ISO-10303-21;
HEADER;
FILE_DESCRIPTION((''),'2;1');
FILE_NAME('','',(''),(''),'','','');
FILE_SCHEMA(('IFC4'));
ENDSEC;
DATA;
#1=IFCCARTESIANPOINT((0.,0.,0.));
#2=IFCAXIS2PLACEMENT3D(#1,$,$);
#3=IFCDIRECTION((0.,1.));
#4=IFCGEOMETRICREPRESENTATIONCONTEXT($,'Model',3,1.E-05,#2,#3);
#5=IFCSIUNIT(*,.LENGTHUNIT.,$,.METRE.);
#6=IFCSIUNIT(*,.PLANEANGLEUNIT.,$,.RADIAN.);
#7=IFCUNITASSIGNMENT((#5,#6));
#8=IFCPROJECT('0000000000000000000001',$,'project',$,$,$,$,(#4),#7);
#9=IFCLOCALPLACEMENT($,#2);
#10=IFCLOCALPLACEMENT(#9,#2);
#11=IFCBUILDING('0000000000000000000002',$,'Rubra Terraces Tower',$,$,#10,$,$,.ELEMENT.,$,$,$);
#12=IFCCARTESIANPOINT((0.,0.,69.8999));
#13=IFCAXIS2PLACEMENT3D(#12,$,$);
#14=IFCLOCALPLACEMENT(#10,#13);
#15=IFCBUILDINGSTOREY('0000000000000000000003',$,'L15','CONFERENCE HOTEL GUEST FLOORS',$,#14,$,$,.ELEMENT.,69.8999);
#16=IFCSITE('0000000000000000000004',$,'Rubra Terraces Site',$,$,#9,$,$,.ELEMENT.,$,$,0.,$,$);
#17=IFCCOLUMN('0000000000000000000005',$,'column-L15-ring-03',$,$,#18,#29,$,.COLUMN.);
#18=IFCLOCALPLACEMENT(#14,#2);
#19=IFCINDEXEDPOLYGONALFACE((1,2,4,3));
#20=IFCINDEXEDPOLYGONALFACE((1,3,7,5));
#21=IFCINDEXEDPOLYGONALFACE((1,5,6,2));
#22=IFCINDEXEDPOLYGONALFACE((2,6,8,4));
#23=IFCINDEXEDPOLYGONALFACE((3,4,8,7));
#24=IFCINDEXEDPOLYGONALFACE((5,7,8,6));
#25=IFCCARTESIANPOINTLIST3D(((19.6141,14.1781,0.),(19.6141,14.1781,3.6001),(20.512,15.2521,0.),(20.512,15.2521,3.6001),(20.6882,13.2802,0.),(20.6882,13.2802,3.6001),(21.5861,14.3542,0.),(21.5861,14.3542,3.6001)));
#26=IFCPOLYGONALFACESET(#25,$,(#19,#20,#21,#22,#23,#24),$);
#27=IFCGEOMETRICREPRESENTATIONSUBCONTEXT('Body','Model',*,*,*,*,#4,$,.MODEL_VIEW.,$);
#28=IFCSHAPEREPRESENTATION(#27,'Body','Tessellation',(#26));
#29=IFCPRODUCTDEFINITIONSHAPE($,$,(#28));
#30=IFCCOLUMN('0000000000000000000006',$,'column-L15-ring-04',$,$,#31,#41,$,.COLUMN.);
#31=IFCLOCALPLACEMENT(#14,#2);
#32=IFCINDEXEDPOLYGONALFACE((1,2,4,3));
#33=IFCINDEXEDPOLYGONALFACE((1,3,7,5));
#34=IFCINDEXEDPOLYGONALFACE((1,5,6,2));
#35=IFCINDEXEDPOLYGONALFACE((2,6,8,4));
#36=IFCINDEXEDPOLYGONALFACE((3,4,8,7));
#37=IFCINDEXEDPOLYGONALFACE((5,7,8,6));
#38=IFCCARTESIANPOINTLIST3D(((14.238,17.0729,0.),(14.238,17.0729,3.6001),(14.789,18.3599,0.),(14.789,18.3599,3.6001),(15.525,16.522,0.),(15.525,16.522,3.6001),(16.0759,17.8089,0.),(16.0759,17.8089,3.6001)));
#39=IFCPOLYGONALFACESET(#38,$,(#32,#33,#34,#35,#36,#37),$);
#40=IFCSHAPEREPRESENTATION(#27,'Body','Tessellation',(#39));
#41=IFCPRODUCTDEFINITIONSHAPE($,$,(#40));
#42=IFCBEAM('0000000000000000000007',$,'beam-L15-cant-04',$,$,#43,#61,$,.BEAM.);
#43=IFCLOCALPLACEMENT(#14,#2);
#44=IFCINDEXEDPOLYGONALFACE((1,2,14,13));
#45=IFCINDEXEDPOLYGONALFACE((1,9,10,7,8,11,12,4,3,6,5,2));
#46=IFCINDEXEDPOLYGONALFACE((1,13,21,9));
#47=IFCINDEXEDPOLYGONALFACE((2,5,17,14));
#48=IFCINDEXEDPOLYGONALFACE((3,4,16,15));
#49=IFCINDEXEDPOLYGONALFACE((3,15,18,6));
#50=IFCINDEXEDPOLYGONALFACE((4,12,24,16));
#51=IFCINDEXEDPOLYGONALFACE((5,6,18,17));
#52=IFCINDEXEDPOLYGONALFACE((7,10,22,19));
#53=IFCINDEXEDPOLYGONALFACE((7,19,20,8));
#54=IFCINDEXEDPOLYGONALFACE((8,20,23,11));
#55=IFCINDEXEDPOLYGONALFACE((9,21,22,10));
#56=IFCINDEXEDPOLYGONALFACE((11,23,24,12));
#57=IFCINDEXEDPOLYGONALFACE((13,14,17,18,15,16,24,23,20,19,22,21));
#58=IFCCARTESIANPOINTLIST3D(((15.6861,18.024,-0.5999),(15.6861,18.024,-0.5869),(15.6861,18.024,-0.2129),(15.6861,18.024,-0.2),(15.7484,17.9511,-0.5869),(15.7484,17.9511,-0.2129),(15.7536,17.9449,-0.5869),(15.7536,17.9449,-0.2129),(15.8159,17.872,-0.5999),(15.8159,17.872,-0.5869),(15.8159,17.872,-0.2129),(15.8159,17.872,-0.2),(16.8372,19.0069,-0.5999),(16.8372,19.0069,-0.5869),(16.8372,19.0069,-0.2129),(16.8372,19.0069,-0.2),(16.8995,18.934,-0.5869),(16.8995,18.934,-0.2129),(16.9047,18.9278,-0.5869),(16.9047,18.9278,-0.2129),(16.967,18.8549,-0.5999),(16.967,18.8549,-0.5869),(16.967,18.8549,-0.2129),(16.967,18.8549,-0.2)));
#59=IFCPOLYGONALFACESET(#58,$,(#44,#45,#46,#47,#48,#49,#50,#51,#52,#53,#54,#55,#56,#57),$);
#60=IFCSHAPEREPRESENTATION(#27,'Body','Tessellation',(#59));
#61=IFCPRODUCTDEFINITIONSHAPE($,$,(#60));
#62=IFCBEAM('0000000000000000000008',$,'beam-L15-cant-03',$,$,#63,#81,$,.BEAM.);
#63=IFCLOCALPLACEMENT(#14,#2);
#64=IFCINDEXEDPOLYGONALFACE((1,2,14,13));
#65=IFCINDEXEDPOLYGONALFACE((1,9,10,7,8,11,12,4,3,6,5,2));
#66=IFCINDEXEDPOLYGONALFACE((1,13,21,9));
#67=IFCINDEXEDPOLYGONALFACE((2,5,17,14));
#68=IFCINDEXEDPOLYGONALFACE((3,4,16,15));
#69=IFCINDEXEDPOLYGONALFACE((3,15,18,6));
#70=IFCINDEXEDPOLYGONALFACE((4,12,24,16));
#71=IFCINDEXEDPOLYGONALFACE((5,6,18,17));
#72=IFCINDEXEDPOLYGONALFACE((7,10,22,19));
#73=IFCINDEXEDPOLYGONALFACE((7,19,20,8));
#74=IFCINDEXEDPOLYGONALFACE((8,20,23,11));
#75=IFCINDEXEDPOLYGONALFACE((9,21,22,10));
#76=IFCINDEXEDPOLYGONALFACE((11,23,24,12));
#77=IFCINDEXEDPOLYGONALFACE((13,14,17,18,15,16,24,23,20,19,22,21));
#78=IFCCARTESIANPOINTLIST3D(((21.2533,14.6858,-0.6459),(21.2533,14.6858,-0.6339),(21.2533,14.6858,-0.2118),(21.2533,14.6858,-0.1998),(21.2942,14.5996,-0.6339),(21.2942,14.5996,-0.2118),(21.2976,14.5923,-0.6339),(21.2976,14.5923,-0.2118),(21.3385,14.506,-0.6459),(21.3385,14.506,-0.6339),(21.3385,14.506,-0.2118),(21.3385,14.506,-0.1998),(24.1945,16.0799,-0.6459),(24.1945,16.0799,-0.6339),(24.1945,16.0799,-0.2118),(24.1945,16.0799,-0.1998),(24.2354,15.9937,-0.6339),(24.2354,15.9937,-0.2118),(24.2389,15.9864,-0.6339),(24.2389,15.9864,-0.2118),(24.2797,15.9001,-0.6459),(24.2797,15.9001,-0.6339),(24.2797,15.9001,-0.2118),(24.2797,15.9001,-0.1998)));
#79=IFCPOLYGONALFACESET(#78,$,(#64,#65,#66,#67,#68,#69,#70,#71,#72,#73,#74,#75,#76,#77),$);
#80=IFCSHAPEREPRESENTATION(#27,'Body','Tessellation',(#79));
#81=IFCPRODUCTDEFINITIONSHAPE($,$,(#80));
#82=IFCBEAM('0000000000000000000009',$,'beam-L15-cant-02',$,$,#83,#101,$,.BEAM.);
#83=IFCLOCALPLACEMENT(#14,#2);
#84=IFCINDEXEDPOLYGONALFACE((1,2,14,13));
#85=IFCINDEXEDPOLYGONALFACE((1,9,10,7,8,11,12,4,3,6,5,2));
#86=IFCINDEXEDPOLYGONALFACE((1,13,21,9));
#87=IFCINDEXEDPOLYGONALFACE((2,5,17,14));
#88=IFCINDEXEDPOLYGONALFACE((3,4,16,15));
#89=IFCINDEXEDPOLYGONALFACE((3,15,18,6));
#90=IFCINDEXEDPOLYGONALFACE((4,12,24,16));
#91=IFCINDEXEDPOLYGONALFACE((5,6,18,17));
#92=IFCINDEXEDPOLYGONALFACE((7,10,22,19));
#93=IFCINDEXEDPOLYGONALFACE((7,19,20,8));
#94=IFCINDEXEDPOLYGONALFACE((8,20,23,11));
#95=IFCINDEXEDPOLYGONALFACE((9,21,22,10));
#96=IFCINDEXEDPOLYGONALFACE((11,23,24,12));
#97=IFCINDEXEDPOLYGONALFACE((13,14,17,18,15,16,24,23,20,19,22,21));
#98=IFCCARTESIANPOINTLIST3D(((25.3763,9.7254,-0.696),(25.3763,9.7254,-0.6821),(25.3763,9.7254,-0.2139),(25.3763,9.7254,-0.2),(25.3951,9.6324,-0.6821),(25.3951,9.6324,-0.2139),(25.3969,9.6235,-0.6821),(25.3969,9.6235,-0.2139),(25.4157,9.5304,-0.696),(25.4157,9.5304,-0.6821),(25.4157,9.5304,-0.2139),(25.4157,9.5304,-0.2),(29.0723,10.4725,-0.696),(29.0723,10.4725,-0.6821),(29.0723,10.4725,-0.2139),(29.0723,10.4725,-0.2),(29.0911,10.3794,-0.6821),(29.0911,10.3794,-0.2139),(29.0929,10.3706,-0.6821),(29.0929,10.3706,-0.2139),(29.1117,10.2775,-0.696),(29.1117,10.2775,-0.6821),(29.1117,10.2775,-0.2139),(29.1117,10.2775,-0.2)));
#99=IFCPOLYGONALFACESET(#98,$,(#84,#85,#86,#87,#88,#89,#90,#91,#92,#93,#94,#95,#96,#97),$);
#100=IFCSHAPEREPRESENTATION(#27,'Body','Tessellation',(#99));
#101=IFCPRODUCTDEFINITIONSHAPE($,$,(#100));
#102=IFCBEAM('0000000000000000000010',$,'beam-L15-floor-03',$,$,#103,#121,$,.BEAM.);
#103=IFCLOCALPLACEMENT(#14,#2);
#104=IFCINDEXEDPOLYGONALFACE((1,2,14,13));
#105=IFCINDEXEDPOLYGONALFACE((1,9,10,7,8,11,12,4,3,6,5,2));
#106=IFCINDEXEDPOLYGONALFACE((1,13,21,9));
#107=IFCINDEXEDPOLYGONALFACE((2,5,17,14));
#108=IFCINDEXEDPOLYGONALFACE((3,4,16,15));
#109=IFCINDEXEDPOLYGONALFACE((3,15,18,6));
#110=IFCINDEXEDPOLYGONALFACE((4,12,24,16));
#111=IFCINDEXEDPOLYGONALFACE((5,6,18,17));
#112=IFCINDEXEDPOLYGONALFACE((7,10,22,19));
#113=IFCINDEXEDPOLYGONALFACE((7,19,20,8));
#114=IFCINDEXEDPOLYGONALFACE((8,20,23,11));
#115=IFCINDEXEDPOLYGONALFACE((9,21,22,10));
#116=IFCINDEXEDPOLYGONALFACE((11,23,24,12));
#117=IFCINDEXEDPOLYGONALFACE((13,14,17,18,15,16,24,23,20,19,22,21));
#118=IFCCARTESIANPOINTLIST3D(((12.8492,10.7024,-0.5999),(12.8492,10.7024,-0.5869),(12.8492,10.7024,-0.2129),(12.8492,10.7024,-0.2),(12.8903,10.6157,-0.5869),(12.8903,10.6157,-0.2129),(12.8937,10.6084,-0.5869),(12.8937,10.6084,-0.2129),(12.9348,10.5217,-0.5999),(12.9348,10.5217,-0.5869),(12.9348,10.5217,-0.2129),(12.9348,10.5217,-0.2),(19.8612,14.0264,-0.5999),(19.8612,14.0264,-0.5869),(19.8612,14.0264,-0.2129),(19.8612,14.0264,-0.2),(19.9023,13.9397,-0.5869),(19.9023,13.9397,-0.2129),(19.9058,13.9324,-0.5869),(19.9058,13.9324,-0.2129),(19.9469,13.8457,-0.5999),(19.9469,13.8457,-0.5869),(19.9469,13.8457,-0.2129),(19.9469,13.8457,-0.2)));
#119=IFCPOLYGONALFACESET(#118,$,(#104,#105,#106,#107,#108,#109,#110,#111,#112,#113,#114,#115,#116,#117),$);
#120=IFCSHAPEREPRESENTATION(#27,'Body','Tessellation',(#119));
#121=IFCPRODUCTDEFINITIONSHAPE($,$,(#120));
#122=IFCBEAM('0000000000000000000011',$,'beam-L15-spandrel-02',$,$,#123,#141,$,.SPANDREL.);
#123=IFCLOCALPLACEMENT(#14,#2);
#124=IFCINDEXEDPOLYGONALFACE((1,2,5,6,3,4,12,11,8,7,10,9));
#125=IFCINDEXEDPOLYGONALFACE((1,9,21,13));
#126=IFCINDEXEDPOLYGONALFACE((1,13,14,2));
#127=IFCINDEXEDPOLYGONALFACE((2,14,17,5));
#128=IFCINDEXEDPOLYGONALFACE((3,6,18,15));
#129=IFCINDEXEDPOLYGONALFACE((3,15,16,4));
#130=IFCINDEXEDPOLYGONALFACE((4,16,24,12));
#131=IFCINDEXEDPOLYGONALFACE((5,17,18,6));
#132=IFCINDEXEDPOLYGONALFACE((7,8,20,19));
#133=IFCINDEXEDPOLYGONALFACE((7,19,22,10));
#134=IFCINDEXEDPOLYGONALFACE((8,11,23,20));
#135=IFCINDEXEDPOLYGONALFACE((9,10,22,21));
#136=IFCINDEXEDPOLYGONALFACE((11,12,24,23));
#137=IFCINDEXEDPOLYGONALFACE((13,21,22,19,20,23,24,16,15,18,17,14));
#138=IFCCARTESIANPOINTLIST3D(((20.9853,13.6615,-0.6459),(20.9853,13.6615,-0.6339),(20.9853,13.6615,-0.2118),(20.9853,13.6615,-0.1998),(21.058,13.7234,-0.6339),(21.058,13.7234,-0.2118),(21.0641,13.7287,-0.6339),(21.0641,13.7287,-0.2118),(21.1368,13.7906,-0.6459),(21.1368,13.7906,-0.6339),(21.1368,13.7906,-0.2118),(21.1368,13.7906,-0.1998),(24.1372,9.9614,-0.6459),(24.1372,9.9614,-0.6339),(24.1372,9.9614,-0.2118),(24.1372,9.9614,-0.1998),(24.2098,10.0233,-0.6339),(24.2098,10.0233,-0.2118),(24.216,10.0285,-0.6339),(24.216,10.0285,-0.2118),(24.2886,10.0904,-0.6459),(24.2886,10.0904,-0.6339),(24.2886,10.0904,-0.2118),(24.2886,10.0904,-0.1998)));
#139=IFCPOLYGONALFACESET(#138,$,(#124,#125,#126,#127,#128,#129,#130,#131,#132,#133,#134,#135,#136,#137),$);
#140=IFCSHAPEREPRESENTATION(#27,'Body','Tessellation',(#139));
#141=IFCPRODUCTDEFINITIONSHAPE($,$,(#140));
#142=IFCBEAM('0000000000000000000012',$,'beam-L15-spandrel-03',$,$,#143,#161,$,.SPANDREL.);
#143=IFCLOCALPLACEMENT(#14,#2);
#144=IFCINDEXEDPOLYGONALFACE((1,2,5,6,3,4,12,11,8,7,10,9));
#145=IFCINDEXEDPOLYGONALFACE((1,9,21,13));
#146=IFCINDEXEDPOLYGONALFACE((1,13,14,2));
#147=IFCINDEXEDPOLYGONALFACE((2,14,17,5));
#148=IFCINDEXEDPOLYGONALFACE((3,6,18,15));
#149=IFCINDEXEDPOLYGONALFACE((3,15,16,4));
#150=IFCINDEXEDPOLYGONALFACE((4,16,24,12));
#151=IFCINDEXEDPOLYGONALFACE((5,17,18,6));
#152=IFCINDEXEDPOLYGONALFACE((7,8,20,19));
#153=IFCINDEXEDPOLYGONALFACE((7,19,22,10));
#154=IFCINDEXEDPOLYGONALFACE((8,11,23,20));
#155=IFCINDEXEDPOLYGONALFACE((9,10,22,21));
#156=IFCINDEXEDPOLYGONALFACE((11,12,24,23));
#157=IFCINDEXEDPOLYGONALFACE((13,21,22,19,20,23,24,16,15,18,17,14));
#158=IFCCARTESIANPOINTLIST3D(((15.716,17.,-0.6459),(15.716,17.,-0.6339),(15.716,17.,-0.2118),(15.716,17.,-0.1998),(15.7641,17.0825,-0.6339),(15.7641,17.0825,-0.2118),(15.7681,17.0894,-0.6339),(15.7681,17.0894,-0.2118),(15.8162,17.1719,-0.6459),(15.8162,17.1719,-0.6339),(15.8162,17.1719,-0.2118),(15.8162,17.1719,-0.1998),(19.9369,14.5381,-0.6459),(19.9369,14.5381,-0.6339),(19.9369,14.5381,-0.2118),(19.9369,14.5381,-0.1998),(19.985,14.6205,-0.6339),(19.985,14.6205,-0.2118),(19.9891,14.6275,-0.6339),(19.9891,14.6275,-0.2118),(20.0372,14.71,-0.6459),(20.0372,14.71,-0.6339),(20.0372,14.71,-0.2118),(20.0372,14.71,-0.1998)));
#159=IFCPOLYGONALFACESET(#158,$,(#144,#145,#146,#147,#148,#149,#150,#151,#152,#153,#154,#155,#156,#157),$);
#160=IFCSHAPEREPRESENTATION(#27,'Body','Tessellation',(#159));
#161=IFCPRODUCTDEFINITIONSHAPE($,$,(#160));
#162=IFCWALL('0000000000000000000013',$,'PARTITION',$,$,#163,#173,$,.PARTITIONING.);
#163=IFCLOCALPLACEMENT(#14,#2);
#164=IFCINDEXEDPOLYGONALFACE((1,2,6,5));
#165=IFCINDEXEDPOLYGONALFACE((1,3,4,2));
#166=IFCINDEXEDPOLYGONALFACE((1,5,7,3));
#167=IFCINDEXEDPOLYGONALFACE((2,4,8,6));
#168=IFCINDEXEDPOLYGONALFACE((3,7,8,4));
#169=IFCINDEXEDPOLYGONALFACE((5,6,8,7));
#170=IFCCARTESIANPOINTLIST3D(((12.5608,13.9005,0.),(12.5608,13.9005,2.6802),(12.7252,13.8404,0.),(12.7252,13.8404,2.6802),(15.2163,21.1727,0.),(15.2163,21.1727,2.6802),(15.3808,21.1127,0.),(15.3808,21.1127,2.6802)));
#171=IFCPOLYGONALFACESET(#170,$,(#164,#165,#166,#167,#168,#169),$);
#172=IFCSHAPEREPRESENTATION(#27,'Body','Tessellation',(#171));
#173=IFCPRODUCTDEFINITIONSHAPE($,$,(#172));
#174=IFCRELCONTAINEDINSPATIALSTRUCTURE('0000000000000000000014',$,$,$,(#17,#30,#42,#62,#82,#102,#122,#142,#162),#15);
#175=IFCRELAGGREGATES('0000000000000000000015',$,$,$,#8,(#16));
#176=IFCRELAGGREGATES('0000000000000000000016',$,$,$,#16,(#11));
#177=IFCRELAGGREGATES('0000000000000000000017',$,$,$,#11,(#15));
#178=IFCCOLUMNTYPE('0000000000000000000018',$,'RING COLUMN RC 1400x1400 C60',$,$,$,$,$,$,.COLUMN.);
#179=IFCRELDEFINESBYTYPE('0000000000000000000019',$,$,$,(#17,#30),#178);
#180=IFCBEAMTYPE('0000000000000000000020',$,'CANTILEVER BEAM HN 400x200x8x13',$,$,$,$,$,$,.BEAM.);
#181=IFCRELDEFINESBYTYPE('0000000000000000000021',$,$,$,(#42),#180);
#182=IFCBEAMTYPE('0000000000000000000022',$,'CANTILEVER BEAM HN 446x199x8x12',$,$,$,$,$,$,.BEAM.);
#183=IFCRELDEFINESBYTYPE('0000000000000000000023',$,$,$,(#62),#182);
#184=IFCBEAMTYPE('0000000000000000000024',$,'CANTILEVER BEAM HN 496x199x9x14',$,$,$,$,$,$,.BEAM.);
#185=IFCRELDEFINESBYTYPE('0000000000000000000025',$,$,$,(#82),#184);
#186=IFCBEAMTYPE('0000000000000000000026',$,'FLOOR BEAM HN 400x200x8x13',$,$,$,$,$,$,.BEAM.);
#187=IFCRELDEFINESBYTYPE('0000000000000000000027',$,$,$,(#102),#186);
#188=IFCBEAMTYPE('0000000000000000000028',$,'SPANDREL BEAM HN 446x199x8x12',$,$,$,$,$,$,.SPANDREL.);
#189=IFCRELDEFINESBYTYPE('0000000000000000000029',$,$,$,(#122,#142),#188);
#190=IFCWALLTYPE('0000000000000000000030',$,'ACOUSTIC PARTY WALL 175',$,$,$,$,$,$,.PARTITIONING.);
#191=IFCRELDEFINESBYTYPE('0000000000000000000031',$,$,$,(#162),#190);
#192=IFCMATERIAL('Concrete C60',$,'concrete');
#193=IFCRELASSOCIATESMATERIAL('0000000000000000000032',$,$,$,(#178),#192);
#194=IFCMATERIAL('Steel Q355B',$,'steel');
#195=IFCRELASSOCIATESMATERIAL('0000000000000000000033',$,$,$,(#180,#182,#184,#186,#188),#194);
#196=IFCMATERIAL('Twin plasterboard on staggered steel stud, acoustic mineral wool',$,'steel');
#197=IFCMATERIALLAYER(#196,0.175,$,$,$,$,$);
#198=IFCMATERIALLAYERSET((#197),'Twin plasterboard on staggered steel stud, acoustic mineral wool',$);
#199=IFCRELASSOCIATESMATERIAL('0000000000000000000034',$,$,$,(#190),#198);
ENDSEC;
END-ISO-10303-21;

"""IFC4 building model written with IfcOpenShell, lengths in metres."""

from ifc_helpers import new_model, si_unit, direction, frame, frame_2d, origin, origin_2d, place, context, subcontext, project, spatial, rectangle, i_section, extrude, material, layer, layer_set, material_profile, profile_set, type_object, element, save


model = new_model("IFC4")

# Units and contexts
model_context = context("Model", 3, precision=1e-05, world=origin(), true_north=direction((0.0, 1.0)))
body_context = subcontext(model_context, "Body", "Model", "MODEL_VIEW")
ifc_project = project(units=[si_unit("LENGTHUNIT", "METRE"), si_unit("PLANEANGLEUNIT", "RADIAN")], contexts=[model_context])

# Site, building, storey
site_placement = place(None, origin())
site = spatial("IfcSite", under=ifc_project, at=site_placement, Name="Rubra Terraces Site", CompositionType="ELEMENT", RefElevation=0.0)
building_placement = place(site_placement, origin())
building = spatial("IfcBuilding", under=site, at=building_placement, Name="Rubra Terraces Tower", CompositionType="ELEMENT")
storey_placement = place(building_placement, frame((0.0, 0.0, 69.8999)))
storey = spatial("IfcBuildingStorey", under=building, at=storey_placement, Name="L15", Description="CONFERENCE HOTEL GUEST FLOORS", CompositionType="ELEMENT", Elevation=69.8999)

# Columns
ifc_material_1 = material(Name="Concrete C60", Category="concrete")
ifc_material_profile_1 = material_profile(ifc_material_1, rectangle(XDim=1.3999, YDim=1.3999, at=origin_2d()), Name="RC 1400x1400")
ifc_profile_set_1 = profile_set([ifc_material_profile_1], Name="Concrete C60")
column_type = type_object("IfcColumnType", Name="RING COLUMN RC 1400x1400 C60", PredefinedType="COLUMN", material=ifc_profile_set_1)
for number, where, z_axis, x_axis, name in (
    (1, (20.6001, 14.2661, 0.0), (0.0, 0.0, 1.0), (-0.76721, 0.641397, 0.0), "column-L15-ring-03"),
    (2, (15.157, 17.4409, 0.0), (0.0, 0.0, 1.0), (-0.919294, 0.393572, 0.0), "column-L15-ring-04"),
):
    element("IfcColumn", number, at=place(storey_placement, frame(where, z_axis=z_axis, x_axis=x_axis)), inside=storey, type_object=column_type, Name=name, PredefinedType="COLUMN", context=body_context, shape_type="SweptSolid", body=[
        extrude(rectangle(XDim=1.3999, YDim=1.3999, at=origin_2d()), origin(), (0.0, 0.0, 1.0), 3.6001),
    ])

# Beams
ifc_material_2 = material(Name="Steel Q355B", Category="steel")
ifc_material_profile_2 = material_profile(ifc_material_2, i_section(OverallWidth=0.2, OverallDepth=0.3999, WebThickness=0.0081, FlangeThickness=0.0129, at=origin_2d()), Name="HN 400x200x8x13")
ifc_profile_set_2 = profile_set([ifc_material_profile_2], Name="Steel Q355B")
beam_type_1 = type_object("IfcBeamType", Name="CANTILEVER BEAM HN 400x200x8x13", PredefinedType="BEAM", material=ifc_profile_set_2)
beam_1_placement = place(storey_placement, frame((15.751, 17.948, -0.3999), z_axis=(0.760485, 0.649356, 0.0), x_axis=(-0.649356, 0.760485, 0.0)))
element("IfcBeam", 3, at=beam_1_placement, inside=storey, type_object=beam_type_1, Name="beam-L15-cant-04", PredefinedType="BEAM", context=body_context, shape_type="SweptSolid", body=[
    extrude(i_section(OverallWidth=0.2, OverallDepth=0.3999, WebThickness=0.0081, FlangeThickness=0.0129, at=origin_2d()), origin(), (0.0, 0.0, 1.0), 1.5137),
])
ifc_material_profile_3 = material_profile(ifc_material_2, i_section(OverallWidth=0.199, OverallDepth=0.446, WebThickness=0.0081, FlangeThickness=0.012, at=origin_2d()), Name="HN 446x199x8x12")
ifc_profile_set_3 = profile_set([ifc_material_profile_3], Name="Steel Q355B")
beam_type_2 = type_object("IfcBeamType", Name="CANTILEVER BEAM HN 446x199x8x12", PredefinedType="BEAM", material=ifc_profile_set_3)
beam_2_placement = place(storey_placement, frame((21.2959, 14.5959, -0.4229), z_axis=(0.903635, 0.428302, 0.0), x_axis=(-0.428302, 0.903635, 0.0)))
element("IfcBeam", 4, at=beam_2_placement, inside=storey, type_object=beam_type_2, Name="beam-L15-cant-03", PredefinedType="BEAM", context=body_context, shape_type="SweptSolid", body=[
    extrude(i_section(OverallWidth=0.199, OverallDepth=0.446, WebThickness=0.0081, FlangeThickness=0.012, at=origin_2d()), origin(), (0.0, 0.0, 1.0), 3.2549),
])
ifc_material_profile_4 = material_profile(ifc_material_2, i_section(OverallWidth=0.199, OverallDepth=0.4961, WebThickness=0.009, FlangeThickness=0.0139, at=origin_2d()), Name="HN 496x199x9x14")
ifc_profile_set_4 = profile_set([ifc_material_profile_4], Name="Steel Q355B")
beam_type_3 = type_object("IfcBeamType", Name="CANTILEVER BEAM HN 496x199x9x14", PredefinedType="BEAM", material=ifc_profile_set_4)
beam_3_placement = place(storey_placement, frame((25.396, 9.6279, -0.448), z_axis=(0.980178, 0.19812, 0.0), x_axis=(-0.19812, 0.980178, 0.0)))
element("IfcBeam", 5, at=beam_3_placement, inside=storey, type_object=beam_type_3, Name="beam-L15-cant-02", PredefinedType="BEAM", context=body_context, shape_type="SweptSolid", body=[
    extrude(i_section(OverallWidth=0.199, OverallDepth=0.4961, WebThickness=0.009, FlangeThickness=0.0139, at=origin_2d()), origin(), (0.0, 0.0, 1.0), 3.7708),
])
ifc_material_profile_5 = material_profile(ifc_material_2, i_section(OverallWidth=0.2, OverallDepth=0.3999, WebThickness=0.0081, FlangeThickness=0.0129, at=origin_2d()), Name="HN 400x200x8x13")
ifc_profile_set_5 = profile_set([ifc_material_profile_5], Name="Steel Q355B")
beam_type_4 = type_object("IfcBeamType", Name="FLOOR BEAM HN 400x200x8x13", PredefinedType="BEAM", material=ifc_profile_set_5)
beam_4_placement = place(storey_placement, frame((19.9041, 13.936, -0.3999), z_axis=(-0.903612, -0.428351, 0.0), x_axis=(0.428351, -0.903612, 0.0)))
element("IfcBeam", 6, at=beam_4_placement, inside=storey, type_object=beam_type_4, Name="beam-L15-floor-03", PredefinedType="BEAM", context=body_context, shape_type="SweptSolid", body=[
    extrude(i_section(OverallWidth=0.2, OverallDepth=0.3999, WebThickness=0.0081, FlangeThickness=0.0129, at=origin_2d()), origin(), (0.0, 0.0, 1.0), 7.76),
])
ifc_material_profile_6 = material_profile(ifc_material_2, i_section(OverallWidth=0.199, OverallDepth=0.446, WebThickness=0.0081, FlangeThickness=0.012, at=origin_2d()), Name="HN 446x199x8x12")
ifc_profile_set_6 = profile_set([ifc_material_profile_6], Name="Steel Q355B")
beam_type_5 = type_object("IfcBeamType", Name="SPANDREL BEAM HN 446x199x8x12", PredefinedType="SPANDREL", material=ifc_profile_set_6)
beam_5_placement = place(storey_placement, frame((24.2129, 10.0259, -0.4229), z_axis=(-0.648447, 0.76126, 0.0), x_axis=(-0.76126, -0.648447, 0.0)))
element("IfcBeam", 7, at=beam_5_placement, inside=storey, type_object=beam_type_5, Name="beam-L15-spandrel-02", PredefinedType="SPANDREL", context=body_context, shape_type="SweptSolid", body=[
    extrude(i_section(OverallWidth=0.199, OverallDepth=0.446, WebThickness=0.0081, FlangeThickness=0.012, at=origin_2d()), origin(), (0.0, 0.0, 1.0), 4.8606),
])
beam_6_placement = place(storey_placement, frame((19.9871, 14.624, -0.4229), z_axis=(-0.863806, 0.503824, 0.0), x_axis=(-0.503824, -0.863806, 0.0)))
element("IfcBeam", 8, at=beam_6_placement, inside=storey, type_object=beam_type_5, Name="beam-L15-spandrel-03", PredefinedType="SPANDREL", context=body_context, shape_type="SweptSolid", body=[
    extrude(i_section(OverallWidth=0.199, OverallDepth=0.446, WebThickness=0.0081, FlangeThickness=0.012, at=origin_2d()), origin(), (0.0, 0.0, 1.0), 4.8865),
])

# Wall
ifc_material_3 = material(Name="Twin plasterboard on staggered steel stud, acoustic mineral wool", Category="steel")
ifc_layer_1 = layer(ifc_material_3, 0.175)
ifc_layer_set_1 = layer_set([ifc_layer_1], Name="Twin plasterboard on staggered steel stud, acoustic mineral wool")
wall_type_1 = type_object("IfcWallType", Name="ACOUSTIC PARTY WALL 175", PredefinedType="PARTITIONING", material=ifc_layer_set_1)
wall_1_placement = place(storey_placement, frame((15.2986, 21.1428, 0.0), z_axis=(0.0, 0.0, 1.0), x_axis=(-0.343006, -0.939333, 0.0)))
element("IfcWall", 9, at=wall_1_placement, inside=storey, type_object=wall_type_1, Name="PARTITION", PredefinedType="PARTITIONING", context=body_context, shape_type="SweptSolid", body=[
    extrude(rectangle(XDim=7.7419, YDim=0.175, at=frame_2d((3.8711, 0.0))), origin(), (0.0, 0.0, 1.0), 2.6802),
])

save(model, "model.ifc")
